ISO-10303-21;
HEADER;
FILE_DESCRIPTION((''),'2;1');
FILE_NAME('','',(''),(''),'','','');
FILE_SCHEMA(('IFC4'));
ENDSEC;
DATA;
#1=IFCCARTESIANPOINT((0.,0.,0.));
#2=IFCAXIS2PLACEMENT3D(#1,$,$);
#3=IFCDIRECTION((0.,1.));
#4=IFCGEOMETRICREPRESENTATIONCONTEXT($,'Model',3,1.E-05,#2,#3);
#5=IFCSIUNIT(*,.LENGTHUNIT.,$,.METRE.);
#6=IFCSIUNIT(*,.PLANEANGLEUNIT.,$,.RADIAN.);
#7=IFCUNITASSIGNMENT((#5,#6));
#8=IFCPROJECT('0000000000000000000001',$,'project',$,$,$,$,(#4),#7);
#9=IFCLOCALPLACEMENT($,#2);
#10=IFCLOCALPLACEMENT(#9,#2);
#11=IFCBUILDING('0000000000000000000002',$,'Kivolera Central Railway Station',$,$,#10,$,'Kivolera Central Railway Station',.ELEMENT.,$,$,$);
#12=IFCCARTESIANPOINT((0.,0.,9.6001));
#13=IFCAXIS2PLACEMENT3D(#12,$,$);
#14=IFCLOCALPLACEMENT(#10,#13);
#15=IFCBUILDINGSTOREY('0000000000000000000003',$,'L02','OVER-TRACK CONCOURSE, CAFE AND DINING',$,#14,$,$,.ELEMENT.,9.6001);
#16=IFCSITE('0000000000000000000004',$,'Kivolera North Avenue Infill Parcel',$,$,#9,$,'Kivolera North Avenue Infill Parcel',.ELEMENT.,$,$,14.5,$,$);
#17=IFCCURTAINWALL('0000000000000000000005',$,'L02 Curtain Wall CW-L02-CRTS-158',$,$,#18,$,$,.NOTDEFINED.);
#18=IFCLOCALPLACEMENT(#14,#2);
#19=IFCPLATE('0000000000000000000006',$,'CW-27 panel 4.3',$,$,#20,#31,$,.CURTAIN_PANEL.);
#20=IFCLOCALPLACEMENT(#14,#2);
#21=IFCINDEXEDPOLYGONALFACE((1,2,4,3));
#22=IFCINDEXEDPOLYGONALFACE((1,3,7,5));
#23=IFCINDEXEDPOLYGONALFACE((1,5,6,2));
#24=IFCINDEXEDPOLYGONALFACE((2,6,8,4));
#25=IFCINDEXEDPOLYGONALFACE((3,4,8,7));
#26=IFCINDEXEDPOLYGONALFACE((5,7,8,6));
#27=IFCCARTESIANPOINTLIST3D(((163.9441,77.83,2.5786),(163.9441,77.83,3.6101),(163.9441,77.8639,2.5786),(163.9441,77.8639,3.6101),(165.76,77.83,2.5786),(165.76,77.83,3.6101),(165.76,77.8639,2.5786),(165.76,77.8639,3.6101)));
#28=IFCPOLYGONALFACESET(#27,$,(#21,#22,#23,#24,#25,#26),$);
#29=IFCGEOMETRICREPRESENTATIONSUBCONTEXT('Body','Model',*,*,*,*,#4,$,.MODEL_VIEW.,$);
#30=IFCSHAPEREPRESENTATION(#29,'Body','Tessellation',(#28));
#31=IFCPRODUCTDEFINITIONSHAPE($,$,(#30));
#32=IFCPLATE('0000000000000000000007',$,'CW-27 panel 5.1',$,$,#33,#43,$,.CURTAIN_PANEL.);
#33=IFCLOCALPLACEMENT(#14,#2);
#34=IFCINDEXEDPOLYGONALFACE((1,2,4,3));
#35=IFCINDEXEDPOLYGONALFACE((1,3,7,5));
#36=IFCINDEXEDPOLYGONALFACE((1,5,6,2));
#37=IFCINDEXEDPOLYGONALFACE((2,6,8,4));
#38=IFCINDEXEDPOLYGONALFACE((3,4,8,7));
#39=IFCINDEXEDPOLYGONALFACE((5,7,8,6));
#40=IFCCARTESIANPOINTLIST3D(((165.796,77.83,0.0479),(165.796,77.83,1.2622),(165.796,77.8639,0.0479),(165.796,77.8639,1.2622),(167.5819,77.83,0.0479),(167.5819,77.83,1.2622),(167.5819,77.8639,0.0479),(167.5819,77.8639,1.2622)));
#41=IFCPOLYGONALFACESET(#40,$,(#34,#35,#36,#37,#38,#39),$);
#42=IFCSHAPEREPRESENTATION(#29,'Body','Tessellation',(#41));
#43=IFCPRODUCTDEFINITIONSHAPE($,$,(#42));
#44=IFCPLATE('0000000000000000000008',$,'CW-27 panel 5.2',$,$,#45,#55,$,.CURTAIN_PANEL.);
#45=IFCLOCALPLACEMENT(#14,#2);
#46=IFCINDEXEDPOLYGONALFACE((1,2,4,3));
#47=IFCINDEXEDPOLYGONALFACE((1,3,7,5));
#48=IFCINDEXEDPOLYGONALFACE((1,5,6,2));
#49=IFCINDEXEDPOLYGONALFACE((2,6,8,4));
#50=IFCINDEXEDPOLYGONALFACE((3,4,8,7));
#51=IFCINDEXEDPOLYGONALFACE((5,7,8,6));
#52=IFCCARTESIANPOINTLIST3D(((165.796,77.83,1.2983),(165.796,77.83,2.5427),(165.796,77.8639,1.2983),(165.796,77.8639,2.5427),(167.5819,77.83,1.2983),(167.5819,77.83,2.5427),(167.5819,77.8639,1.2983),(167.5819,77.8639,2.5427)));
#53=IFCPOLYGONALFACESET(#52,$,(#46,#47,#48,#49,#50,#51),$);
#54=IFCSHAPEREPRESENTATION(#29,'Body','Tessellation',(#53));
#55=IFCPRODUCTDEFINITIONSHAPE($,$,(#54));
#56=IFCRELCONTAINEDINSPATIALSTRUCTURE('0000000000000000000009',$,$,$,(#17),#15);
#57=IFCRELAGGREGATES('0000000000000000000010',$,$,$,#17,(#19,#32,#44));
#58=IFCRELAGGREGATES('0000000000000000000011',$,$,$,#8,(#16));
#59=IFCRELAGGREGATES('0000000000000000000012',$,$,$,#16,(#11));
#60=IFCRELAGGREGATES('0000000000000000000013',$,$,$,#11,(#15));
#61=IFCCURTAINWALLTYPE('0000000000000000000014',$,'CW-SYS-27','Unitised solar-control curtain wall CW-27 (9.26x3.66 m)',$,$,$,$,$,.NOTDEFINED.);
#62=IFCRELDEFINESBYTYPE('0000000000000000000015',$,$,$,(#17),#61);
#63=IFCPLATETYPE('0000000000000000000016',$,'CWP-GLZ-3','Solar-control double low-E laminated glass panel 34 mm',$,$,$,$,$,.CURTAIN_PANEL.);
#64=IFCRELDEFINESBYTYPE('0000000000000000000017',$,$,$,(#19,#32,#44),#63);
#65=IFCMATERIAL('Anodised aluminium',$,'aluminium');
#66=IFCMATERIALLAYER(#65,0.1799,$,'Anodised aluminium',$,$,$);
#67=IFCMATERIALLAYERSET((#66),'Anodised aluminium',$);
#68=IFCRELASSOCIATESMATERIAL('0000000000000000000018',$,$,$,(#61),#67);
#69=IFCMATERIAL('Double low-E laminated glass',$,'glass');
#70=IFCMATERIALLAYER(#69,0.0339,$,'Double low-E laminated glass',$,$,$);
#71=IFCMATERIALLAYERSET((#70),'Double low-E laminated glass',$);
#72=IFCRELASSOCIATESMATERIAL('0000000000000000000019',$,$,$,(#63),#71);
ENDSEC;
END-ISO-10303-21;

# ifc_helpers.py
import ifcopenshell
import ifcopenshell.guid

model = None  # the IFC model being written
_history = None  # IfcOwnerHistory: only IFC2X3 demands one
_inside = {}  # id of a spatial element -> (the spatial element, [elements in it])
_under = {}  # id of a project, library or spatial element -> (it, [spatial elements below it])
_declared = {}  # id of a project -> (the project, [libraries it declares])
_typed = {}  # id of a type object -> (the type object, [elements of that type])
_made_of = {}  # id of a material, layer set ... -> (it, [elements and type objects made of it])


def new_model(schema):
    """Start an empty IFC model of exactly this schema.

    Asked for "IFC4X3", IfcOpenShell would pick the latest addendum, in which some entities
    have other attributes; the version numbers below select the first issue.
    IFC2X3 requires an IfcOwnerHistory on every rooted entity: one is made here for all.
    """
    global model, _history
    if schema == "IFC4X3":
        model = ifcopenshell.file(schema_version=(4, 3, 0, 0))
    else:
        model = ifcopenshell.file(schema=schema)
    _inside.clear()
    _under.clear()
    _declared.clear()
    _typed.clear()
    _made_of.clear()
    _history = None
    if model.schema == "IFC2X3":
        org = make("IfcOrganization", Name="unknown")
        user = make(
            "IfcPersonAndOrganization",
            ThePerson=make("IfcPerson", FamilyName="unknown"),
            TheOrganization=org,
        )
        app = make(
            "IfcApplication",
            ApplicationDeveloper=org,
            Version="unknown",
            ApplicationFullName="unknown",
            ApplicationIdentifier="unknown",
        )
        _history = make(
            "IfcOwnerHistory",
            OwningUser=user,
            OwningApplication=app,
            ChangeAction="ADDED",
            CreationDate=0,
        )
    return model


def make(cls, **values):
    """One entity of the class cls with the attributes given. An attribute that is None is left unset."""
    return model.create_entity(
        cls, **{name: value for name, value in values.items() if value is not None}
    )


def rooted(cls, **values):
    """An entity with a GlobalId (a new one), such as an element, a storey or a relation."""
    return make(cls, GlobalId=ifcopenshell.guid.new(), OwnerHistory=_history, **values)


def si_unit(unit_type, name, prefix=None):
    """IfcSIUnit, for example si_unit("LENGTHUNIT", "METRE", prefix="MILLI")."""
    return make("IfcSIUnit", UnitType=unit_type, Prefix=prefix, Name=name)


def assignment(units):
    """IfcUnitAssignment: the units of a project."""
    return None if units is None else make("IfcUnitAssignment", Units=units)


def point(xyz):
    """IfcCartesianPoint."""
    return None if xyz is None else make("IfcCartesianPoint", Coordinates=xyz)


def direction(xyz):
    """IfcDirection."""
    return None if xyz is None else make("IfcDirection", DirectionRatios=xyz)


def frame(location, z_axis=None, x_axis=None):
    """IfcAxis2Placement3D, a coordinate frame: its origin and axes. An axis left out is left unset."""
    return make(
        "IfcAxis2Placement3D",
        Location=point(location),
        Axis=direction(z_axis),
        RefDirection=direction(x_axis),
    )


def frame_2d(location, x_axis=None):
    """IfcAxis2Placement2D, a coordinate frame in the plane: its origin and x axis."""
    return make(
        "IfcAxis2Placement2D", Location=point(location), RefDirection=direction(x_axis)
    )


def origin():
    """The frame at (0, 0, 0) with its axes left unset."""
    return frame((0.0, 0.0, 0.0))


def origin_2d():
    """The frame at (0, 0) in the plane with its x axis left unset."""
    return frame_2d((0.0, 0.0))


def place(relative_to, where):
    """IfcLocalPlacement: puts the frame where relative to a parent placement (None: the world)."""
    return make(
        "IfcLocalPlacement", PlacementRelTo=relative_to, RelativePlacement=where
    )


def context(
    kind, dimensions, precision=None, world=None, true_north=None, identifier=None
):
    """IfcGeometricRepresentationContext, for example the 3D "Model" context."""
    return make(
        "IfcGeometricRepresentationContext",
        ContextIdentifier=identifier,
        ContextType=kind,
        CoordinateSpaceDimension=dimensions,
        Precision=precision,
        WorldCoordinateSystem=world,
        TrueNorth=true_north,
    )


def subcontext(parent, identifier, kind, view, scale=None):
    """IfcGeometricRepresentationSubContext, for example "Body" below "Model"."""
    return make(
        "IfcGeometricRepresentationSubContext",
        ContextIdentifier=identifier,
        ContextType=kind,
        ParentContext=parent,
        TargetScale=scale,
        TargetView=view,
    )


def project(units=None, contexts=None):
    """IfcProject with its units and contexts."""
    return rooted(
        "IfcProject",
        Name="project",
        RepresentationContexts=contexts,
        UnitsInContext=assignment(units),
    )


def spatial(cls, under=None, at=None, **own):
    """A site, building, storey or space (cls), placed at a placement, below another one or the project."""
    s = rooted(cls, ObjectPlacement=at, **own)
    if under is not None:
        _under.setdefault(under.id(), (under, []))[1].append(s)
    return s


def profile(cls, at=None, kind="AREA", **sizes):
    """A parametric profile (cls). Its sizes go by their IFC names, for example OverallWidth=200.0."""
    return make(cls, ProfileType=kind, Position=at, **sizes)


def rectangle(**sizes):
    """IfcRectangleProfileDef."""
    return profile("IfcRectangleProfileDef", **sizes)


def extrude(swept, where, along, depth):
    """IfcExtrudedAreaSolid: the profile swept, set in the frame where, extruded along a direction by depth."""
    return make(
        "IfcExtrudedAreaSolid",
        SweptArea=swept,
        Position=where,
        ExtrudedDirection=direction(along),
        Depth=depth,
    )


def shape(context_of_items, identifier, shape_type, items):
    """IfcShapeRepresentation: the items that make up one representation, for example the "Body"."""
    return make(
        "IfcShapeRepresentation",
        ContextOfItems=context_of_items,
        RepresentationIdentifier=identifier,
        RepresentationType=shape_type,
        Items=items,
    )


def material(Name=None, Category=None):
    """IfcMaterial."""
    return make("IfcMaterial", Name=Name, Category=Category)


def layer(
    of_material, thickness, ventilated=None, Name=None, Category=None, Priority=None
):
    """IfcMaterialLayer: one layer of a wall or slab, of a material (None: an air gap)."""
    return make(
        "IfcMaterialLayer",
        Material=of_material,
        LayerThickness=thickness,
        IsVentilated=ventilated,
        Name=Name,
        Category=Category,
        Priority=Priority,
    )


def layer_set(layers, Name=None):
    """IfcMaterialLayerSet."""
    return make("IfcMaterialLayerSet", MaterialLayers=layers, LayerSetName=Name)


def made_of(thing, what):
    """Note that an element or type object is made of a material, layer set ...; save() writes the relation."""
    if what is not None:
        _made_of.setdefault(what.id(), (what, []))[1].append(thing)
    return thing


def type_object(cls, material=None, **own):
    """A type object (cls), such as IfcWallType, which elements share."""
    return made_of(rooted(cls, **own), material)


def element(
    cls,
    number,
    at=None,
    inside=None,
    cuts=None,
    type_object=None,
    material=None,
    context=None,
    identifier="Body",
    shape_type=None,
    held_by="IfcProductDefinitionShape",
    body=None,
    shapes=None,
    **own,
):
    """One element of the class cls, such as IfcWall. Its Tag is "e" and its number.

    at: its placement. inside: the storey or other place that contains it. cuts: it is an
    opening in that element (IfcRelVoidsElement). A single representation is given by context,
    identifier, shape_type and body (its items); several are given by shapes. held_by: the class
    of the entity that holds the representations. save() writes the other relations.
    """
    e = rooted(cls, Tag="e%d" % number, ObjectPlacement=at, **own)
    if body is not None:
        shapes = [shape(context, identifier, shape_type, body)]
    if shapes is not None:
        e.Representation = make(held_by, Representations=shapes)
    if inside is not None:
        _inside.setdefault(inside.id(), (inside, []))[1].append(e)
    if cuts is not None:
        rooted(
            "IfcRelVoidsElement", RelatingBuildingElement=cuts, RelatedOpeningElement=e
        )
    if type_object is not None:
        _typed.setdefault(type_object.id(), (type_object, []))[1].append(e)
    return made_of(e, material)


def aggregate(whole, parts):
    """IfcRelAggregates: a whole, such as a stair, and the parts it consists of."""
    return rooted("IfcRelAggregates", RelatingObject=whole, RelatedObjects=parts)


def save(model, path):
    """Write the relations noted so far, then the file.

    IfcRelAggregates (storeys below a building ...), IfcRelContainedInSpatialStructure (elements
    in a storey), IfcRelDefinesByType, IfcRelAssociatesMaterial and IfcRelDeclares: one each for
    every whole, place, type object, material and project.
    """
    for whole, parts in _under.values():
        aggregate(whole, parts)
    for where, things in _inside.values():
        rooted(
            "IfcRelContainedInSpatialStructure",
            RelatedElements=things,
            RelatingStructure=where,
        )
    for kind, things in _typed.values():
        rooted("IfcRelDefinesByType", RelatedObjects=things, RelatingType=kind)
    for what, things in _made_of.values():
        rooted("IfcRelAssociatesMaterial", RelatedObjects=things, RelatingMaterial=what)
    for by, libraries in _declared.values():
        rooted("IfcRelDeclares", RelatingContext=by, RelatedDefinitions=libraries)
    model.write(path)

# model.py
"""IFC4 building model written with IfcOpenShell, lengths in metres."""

from ifc_helpers import new_model, si_unit, direction, frame, origin, origin_2d, place, context, subcontext, project, spatial, rectangle, extrude, material, layer, layer_set, type_object, element, aggregate, save


model = new_model("IFC4")

# Units and contexts
model_context = context("Model", 3, precision=1e-05, world=origin(), true_north=direction((0.0, 1.0)))
body_context = subcontext(model_context, "Body", "Model", "MODEL_VIEW")
ifc_project = project(units=[si_unit("LENGTHUNIT", "METRE"), si_unit("PLANEANGLEUNIT", "RADIAN")], contexts=[model_context])

# Site, building, storey
site_placement = place(None, origin())
site = spatial("IfcSite", under=ifc_project, at=site_placement, Name="Kivolera North Avenue Infill Parcel", LongName="Kivolera North Avenue Infill Parcel", CompositionType="ELEMENT", RefElevation=14.5)
building_placement = place(site_placement, origin())
building = spatial("IfcBuilding", under=site, at=building_placement, Name="Kivolera Central Railway Station", LongName="Kivolera Central Railway Station", CompositionType="ELEMENT")
storey_placement = place(building_placement, frame((0.0, 0.0, 9.6001)))
storey = spatial("IfcBuildingStorey", under=building, at=storey_placement, Name="L02", Description="OVER-TRACK CONCOURSE, CAFE AND DINING", CompositionType="ELEMENT", Elevation=9.6001)

# Curtain wall, plates
ifc_material_1 = material(Name="Anodised aluminium", Category="aluminium")
ifc_layer_1 = layer(ifc_material_1, 0.1799, Name="Anodised aluminium")
ifc_layer_set_1 = layer_set([ifc_layer_1], Name="Anodised aluminium")
curtain_wall_type = type_object("IfcCurtainWallType", Name="CW-SYS-27", Description="Unitised solar-control curtain wall CW-27 (9.26x3.66 m)", PredefinedType="NOTDEFINED", material=ifc_layer_set_1)
curtain_wall_placement = place(storey_placement, origin())
curtain_wall = element("IfcCurtainWall", 1, at=curtain_wall_placement, inside=storey, type_object=curtain_wall_type, Name="L02 Curtain Wall CW-L02-CRTS-158", PredefinedType="NOTDEFINED")
ifc_material_2 = material(Name="Double low-E laminated glass", Category="glass")
ifc_layer_2 = layer(ifc_material_2, 0.0339, Name="Double low-E laminated glass")
ifc_layer_set_2 = layer_set([ifc_layer_2], Name="Double low-E laminated glass")
plate_type = type_object("IfcPlateType", Name="CWP-GLZ-3", Description="Solar-control double low-E laminated glass panel 34 mm", PredefinedType="CURTAIN_PANEL", material=ifc_layer_set_2)
plate_1_placement = place(storey_placement, frame((164.8521, 77.8469, 2.5786), z_axis=(0.0, 0.0, 1.0), x_axis=(1.0, 0.0, 0.0)))
plate_1 = element("IfcPlate", 2, at=plate_1_placement, type_object=plate_type, Name="CW-27 panel 4.3", PredefinedType="CURTAIN_PANEL", context=body_context, shape_type="SweptSolid", body=[
    extrude(rectangle(XDim=1.8159, YDim=0.0339, at=origin_2d()), origin(), (0.0, 0.0, 1.0), 1.0315),
])
plate_2_placement = place(storey_placement, frame((166.689, 77.8469, 0.0479), z_axis=(0.0, 0.0, 1.0), x_axis=(1.0, 0.0, 0.0)))
plate_2 = element("IfcPlate", 3, at=plate_2_placement, type_object=plate_type, Name="CW-27 panel 5.1", PredefinedType="CURTAIN_PANEL", context=body_context, shape_type="SweptSolid", body=[
    extrude(rectangle(XDim=1.7859, YDim=0.0339, at=origin_2d()), origin(), (0.0, 0.0, 1.0), 1.2144),
])
plate_3_placement = place(storey_placement, frame((166.689, 77.8469, 1.2983), z_axis=(0.0, 0.0, 1.0), x_axis=(1.0, 0.0, 0.0)))
plate_3 = element("IfcPlate", 4, at=plate_3_placement, type_object=plate_type, Name="CW-27 panel 5.2", PredefinedType="CURTAIN_PANEL", context=body_context, shape_type="SweptSolid", body=[
    extrude(rectangle(XDim=1.7859, YDim=0.0339, at=origin_2d()), origin(), (0.0, 0.0, 1.0), 1.2444),
])
aggregate(curtain_wall, [plate_1, plate_2, plate_3])

save(model, "model.ifc")
